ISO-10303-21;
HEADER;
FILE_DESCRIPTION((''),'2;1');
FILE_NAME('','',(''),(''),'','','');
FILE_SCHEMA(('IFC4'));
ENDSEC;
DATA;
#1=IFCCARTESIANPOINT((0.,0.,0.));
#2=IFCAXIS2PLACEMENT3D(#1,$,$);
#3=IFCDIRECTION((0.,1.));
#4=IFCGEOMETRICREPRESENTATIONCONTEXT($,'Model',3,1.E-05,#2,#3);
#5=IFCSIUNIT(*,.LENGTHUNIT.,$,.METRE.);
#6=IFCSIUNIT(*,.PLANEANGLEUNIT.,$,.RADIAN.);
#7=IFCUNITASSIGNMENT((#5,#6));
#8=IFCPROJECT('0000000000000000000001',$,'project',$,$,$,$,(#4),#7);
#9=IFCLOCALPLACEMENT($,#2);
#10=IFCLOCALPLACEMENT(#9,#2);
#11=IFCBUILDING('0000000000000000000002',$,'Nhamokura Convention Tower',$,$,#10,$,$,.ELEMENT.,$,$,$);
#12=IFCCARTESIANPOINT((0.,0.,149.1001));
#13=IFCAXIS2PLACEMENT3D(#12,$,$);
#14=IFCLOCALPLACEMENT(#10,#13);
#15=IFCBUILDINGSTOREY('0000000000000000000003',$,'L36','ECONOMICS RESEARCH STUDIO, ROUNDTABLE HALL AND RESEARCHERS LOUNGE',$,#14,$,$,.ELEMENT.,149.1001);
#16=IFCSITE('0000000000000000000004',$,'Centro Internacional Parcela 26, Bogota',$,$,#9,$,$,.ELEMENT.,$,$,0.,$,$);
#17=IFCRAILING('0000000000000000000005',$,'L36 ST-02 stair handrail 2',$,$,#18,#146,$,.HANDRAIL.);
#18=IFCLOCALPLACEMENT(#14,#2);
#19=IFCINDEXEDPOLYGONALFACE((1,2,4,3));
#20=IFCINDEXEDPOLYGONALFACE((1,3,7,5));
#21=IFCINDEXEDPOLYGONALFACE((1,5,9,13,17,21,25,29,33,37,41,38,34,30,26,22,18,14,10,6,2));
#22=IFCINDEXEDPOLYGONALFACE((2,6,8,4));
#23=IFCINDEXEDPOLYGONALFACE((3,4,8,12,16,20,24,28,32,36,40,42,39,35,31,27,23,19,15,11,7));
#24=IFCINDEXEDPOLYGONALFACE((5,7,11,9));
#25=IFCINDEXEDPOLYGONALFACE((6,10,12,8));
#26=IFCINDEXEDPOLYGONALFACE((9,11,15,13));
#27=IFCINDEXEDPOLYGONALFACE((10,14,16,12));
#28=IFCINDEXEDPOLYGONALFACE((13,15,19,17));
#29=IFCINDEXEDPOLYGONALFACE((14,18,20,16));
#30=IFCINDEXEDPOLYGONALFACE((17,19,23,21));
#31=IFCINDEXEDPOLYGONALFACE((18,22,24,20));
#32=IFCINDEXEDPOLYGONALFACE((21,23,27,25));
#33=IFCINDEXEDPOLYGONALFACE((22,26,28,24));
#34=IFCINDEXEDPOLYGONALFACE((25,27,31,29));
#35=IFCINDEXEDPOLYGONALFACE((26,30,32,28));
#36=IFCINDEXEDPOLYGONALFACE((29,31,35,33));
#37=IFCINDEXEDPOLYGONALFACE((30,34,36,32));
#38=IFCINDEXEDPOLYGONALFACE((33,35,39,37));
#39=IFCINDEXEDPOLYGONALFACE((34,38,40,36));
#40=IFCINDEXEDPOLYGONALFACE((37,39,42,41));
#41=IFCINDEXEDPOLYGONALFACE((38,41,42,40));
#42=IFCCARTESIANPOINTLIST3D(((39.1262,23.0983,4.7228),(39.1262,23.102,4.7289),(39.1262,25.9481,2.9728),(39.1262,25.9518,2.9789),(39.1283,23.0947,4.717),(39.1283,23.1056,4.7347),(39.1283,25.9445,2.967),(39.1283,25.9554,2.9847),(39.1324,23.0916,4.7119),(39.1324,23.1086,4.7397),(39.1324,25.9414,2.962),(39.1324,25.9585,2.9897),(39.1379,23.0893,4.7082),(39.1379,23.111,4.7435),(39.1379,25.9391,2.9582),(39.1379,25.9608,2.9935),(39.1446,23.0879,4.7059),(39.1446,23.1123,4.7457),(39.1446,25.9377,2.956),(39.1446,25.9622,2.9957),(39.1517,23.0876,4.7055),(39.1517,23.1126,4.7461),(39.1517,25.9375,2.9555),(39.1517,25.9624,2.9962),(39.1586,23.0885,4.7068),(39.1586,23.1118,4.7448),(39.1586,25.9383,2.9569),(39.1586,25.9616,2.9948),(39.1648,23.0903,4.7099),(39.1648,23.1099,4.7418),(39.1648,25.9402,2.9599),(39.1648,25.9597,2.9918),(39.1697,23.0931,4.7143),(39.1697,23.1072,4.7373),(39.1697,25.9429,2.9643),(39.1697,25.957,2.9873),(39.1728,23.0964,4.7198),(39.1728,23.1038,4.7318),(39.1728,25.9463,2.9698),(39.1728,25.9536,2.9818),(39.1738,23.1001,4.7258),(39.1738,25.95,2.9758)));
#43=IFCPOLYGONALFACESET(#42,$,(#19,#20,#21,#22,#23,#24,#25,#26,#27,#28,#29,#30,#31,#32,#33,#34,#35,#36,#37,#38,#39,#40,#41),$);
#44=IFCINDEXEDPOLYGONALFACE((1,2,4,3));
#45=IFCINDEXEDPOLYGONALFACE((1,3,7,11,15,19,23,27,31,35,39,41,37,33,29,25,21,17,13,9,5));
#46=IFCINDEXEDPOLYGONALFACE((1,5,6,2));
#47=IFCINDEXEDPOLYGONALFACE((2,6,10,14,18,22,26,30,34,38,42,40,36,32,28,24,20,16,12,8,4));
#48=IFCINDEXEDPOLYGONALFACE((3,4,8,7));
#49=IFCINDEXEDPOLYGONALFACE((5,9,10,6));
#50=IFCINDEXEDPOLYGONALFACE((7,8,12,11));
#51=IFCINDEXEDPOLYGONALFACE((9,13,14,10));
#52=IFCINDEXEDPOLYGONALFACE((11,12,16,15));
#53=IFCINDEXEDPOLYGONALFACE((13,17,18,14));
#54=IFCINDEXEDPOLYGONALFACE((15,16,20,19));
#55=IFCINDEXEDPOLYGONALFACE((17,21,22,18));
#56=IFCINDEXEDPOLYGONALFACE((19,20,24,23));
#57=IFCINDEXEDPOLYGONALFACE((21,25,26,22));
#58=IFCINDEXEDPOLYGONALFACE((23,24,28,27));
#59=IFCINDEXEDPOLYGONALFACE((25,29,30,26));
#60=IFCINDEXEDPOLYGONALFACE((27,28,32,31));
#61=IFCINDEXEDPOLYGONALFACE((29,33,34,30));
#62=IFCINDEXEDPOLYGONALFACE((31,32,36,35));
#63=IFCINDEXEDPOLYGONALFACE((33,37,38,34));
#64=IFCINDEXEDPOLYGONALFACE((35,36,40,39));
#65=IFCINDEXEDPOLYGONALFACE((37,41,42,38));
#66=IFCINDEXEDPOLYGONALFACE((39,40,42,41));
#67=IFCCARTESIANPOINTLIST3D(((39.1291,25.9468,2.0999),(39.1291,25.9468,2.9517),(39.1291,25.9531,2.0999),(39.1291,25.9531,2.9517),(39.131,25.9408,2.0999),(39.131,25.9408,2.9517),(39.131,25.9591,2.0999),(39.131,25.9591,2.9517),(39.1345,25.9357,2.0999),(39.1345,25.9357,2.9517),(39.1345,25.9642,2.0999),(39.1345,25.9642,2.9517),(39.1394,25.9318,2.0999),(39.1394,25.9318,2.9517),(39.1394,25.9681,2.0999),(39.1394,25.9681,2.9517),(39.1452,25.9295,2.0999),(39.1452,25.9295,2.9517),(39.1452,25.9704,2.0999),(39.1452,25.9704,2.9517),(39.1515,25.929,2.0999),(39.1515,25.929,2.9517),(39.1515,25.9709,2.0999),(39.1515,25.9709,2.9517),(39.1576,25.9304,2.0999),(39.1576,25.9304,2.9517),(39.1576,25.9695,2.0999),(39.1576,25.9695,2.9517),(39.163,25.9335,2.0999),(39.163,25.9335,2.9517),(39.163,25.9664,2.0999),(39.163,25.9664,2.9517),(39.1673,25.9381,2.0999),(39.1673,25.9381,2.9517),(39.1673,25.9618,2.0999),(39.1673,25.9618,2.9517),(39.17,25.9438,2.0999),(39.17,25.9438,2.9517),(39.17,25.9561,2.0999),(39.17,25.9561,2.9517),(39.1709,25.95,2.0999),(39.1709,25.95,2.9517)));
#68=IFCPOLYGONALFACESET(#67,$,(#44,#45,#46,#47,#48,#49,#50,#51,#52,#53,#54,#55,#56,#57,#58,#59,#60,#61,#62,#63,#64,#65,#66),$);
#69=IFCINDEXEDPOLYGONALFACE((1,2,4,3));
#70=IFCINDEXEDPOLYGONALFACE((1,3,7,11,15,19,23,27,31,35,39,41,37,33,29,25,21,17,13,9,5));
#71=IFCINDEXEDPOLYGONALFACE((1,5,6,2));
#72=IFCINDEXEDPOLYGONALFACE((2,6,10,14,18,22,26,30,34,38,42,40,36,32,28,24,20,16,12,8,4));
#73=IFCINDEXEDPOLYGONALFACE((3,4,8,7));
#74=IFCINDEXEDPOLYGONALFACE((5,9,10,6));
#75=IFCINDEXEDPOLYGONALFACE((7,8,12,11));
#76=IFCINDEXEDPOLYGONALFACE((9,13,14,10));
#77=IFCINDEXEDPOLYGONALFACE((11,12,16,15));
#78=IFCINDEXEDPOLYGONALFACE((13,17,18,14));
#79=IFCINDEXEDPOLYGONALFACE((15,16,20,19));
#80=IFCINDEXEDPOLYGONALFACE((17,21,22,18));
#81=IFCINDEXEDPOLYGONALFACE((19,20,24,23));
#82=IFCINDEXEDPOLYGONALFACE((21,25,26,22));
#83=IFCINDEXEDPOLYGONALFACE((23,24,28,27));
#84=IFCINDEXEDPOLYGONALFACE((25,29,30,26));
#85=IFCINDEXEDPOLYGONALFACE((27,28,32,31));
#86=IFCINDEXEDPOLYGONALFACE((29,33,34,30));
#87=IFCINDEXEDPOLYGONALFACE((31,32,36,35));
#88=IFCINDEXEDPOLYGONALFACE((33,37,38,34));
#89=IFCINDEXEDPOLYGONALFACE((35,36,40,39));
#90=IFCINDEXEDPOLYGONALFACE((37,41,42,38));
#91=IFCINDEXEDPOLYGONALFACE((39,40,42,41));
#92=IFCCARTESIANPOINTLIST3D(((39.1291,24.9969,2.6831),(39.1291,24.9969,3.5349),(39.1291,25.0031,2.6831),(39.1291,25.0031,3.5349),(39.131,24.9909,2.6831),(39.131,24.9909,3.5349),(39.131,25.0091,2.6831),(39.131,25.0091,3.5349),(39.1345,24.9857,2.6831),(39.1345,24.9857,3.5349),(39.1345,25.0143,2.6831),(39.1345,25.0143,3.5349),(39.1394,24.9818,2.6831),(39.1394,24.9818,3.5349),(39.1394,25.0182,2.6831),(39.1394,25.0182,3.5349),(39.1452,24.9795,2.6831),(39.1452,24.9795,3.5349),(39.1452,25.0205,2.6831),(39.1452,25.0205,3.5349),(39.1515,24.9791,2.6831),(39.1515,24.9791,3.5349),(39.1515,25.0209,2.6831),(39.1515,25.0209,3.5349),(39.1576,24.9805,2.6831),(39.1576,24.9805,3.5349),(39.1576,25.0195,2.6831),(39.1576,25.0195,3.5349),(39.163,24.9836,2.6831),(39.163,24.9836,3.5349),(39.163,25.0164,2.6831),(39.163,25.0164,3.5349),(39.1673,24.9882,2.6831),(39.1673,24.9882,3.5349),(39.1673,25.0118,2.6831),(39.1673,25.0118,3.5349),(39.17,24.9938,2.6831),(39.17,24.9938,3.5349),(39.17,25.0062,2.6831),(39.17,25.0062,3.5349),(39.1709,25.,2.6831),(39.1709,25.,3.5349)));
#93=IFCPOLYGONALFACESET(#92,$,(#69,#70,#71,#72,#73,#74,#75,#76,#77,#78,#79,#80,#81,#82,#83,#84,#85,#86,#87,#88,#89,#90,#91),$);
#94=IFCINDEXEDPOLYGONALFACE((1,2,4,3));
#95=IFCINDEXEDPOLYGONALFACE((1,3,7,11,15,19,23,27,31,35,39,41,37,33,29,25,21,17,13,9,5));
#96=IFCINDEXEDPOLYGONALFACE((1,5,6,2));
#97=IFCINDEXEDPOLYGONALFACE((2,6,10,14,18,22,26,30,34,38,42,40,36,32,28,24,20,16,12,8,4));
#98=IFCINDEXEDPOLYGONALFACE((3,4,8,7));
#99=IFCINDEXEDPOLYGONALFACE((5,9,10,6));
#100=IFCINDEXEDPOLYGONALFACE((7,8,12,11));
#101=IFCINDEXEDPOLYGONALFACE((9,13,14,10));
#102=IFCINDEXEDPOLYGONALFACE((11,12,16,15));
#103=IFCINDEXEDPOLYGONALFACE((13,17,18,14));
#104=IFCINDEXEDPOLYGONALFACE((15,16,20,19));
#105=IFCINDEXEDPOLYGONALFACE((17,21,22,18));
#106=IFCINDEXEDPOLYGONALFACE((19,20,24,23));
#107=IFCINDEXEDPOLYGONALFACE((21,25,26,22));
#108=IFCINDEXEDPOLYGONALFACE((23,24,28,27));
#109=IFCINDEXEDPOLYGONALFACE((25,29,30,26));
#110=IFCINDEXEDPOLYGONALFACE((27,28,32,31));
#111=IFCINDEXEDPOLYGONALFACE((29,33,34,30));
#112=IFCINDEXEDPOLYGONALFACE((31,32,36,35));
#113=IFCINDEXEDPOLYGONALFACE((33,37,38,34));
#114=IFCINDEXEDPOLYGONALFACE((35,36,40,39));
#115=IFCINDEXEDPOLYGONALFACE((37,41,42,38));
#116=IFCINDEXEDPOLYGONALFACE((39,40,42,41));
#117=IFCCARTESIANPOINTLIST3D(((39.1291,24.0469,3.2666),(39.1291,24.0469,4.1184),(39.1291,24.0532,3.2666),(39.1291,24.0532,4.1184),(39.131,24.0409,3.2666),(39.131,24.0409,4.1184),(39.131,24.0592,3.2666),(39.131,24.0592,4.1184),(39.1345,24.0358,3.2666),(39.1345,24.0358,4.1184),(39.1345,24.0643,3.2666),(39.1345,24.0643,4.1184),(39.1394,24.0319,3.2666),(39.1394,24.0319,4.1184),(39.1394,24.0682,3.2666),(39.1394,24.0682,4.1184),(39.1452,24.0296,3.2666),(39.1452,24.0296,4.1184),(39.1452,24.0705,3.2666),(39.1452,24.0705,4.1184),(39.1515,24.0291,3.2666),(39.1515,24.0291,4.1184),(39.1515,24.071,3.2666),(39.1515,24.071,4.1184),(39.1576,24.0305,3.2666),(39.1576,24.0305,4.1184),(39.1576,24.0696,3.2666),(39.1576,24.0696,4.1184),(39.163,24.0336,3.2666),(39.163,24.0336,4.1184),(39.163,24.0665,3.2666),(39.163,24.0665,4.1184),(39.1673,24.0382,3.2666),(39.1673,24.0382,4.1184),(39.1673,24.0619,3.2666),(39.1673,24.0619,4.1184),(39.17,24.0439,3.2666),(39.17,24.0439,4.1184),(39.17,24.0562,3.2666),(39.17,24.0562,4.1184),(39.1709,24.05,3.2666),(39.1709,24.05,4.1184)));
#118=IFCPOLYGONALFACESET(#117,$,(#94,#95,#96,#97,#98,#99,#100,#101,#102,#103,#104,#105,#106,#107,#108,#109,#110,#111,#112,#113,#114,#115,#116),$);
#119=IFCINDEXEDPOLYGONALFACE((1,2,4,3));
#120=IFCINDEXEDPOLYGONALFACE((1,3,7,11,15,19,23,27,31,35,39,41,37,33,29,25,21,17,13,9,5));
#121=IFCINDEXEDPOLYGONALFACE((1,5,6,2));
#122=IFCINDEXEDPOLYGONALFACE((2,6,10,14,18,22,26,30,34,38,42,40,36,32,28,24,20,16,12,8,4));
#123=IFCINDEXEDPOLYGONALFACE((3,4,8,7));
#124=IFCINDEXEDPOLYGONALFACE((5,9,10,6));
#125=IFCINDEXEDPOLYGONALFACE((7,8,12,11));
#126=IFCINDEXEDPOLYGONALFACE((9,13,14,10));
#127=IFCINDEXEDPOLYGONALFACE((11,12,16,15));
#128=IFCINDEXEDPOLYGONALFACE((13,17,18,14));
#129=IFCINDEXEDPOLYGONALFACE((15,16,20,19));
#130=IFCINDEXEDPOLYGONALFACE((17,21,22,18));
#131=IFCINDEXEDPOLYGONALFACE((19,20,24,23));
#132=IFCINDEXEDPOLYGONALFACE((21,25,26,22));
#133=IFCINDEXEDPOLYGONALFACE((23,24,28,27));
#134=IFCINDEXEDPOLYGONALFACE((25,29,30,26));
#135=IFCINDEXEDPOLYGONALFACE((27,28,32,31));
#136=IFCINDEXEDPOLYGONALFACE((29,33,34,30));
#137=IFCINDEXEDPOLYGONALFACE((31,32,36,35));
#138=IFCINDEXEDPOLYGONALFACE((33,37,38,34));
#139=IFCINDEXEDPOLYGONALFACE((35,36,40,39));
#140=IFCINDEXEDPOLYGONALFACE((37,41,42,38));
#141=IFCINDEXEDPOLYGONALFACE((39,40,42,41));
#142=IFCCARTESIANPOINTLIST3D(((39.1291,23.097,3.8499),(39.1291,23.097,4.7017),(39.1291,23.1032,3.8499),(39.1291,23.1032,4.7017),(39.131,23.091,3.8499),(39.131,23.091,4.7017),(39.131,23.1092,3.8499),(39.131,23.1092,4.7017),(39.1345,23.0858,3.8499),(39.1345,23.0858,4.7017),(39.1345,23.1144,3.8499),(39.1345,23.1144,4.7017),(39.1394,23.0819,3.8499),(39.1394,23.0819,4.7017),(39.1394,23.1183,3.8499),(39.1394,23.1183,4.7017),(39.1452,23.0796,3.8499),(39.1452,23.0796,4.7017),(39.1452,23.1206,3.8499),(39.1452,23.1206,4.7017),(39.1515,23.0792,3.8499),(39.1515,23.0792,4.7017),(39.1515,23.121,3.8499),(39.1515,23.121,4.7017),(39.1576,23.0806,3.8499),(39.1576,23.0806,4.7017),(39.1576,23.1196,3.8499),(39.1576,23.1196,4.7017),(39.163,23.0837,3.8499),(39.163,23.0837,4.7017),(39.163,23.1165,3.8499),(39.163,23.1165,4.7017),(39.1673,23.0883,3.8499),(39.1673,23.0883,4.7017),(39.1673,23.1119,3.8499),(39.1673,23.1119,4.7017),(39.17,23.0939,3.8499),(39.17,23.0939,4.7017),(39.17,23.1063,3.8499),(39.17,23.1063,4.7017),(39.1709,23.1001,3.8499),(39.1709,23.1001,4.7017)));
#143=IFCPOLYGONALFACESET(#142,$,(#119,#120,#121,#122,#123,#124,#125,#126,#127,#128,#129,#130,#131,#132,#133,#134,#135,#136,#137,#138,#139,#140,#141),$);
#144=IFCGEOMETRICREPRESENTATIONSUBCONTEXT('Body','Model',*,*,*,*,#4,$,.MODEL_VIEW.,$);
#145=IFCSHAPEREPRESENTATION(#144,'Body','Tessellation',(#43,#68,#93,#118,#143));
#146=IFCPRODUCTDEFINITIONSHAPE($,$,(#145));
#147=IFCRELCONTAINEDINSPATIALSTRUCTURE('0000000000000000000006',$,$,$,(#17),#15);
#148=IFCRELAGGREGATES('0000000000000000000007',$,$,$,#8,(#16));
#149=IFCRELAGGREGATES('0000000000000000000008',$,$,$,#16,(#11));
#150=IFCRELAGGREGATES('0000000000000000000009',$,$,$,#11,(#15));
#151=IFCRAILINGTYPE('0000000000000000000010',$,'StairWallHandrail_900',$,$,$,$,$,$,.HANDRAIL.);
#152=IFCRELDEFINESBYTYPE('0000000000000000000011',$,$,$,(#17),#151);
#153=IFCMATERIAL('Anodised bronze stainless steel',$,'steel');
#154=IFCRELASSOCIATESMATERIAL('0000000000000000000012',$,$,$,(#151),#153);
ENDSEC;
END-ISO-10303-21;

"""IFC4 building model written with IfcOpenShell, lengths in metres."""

from ifc_helpers import new_model, si_unit, direction, frame, origin, origin_2d, place, context, subcontext, project, spatial, circle, extrude, material, type_object, element, save


model = new_model("IFC4")

# Units and contexts
model_context = context("Model", 3, precision=1e-05, world=origin(), true_north=direction((0.0, 1.0)))
body_context = subcontext(model_context, "Body", "Model", "MODEL_VIEW")
ifc_project = project(units=[si_unit("LENGTHUNIT", "METRE"), si_unit("PLANEANGLEUNIT", "RADIAN")], contexts=[model_context])

# Site, building, storey
site_placement = place(None, origin())
site = spatial("IfcSite", under=ifc_project, at=site_placement, Name="Centro Internacional Parcela 26, Bogota", CompositionType="ELEMENT", RefElevation=0.0)
building_placement = place(site_placement, origin())
building = spatial("IfcBuilding", under=site, at=building_placement, Name="Nhamokura Convention Tower", CompositionType="ELEMENT")
storey_placement = place(building_placement, frame((0.0, 0.0, 149.1001)))
storey = spatial("IfcBuildingStorey", under=building, at=storey_placement, Name="L36", Description="ECONOMICS RESEARCH STUDIO, ROUNDTABLE HALL AND RESEARCHERS LOUNGE", CompositionType="ELEMENT", Elevation=149.1001)

# Railing
ifc_material_1 = material(Name="Anodised bronze stainless steel", Category="steel")
railing_type_1 = type_object("IfcRailingType", Name="StairWallHandrail_900", PredefinedType="HANDRAIL", material=ifc_material_1)
railing_1_placement = place(storey_placement, frame((39.1499, 25.95, 2.0999)))
element("IfcRailing", 1, at=railing_1_placement, inside=storey, type_object=railing_type_1, Name="L36 ST-02 stair handrail 2", PredefinedType="HANDRAIL", context=body_context, shape_type="SweptSolid", body=[
    extrude(circle(Radius=0.0239, at=origin_2d()), frame((0.0, 0.0, 0.876), z_axis=(0.0, -0.852159, 0.523283), x_axis=(1.0, 0.0, 0.0)), (0.0, 0.0, 1.0), 3.3442),
    extrude(circle(Radius=0.021, at=origin_2d()), origin(), (0.0, 0.0, 1.0), 0.8518),
    extrude(circle(Radius=0.021, at=origin_2d()), frame((0.0, -0.95, 0.5833)), (0.0, 0.0, 1.0), 0.8518),
    extrude(circle(Radius=0.021, at=origin_2d()), frame((0.0, -1.8999, 1.1667)), (0.0, 0.0, 1.0), 0.8518),
    extrude(circle(Radius=0.021, at=origin_2d()), frame((0.0, -2.8499, 1.75)), (0.0, 0.0, 1.0), 0.8518),
])

save(model, "model.ifc")
